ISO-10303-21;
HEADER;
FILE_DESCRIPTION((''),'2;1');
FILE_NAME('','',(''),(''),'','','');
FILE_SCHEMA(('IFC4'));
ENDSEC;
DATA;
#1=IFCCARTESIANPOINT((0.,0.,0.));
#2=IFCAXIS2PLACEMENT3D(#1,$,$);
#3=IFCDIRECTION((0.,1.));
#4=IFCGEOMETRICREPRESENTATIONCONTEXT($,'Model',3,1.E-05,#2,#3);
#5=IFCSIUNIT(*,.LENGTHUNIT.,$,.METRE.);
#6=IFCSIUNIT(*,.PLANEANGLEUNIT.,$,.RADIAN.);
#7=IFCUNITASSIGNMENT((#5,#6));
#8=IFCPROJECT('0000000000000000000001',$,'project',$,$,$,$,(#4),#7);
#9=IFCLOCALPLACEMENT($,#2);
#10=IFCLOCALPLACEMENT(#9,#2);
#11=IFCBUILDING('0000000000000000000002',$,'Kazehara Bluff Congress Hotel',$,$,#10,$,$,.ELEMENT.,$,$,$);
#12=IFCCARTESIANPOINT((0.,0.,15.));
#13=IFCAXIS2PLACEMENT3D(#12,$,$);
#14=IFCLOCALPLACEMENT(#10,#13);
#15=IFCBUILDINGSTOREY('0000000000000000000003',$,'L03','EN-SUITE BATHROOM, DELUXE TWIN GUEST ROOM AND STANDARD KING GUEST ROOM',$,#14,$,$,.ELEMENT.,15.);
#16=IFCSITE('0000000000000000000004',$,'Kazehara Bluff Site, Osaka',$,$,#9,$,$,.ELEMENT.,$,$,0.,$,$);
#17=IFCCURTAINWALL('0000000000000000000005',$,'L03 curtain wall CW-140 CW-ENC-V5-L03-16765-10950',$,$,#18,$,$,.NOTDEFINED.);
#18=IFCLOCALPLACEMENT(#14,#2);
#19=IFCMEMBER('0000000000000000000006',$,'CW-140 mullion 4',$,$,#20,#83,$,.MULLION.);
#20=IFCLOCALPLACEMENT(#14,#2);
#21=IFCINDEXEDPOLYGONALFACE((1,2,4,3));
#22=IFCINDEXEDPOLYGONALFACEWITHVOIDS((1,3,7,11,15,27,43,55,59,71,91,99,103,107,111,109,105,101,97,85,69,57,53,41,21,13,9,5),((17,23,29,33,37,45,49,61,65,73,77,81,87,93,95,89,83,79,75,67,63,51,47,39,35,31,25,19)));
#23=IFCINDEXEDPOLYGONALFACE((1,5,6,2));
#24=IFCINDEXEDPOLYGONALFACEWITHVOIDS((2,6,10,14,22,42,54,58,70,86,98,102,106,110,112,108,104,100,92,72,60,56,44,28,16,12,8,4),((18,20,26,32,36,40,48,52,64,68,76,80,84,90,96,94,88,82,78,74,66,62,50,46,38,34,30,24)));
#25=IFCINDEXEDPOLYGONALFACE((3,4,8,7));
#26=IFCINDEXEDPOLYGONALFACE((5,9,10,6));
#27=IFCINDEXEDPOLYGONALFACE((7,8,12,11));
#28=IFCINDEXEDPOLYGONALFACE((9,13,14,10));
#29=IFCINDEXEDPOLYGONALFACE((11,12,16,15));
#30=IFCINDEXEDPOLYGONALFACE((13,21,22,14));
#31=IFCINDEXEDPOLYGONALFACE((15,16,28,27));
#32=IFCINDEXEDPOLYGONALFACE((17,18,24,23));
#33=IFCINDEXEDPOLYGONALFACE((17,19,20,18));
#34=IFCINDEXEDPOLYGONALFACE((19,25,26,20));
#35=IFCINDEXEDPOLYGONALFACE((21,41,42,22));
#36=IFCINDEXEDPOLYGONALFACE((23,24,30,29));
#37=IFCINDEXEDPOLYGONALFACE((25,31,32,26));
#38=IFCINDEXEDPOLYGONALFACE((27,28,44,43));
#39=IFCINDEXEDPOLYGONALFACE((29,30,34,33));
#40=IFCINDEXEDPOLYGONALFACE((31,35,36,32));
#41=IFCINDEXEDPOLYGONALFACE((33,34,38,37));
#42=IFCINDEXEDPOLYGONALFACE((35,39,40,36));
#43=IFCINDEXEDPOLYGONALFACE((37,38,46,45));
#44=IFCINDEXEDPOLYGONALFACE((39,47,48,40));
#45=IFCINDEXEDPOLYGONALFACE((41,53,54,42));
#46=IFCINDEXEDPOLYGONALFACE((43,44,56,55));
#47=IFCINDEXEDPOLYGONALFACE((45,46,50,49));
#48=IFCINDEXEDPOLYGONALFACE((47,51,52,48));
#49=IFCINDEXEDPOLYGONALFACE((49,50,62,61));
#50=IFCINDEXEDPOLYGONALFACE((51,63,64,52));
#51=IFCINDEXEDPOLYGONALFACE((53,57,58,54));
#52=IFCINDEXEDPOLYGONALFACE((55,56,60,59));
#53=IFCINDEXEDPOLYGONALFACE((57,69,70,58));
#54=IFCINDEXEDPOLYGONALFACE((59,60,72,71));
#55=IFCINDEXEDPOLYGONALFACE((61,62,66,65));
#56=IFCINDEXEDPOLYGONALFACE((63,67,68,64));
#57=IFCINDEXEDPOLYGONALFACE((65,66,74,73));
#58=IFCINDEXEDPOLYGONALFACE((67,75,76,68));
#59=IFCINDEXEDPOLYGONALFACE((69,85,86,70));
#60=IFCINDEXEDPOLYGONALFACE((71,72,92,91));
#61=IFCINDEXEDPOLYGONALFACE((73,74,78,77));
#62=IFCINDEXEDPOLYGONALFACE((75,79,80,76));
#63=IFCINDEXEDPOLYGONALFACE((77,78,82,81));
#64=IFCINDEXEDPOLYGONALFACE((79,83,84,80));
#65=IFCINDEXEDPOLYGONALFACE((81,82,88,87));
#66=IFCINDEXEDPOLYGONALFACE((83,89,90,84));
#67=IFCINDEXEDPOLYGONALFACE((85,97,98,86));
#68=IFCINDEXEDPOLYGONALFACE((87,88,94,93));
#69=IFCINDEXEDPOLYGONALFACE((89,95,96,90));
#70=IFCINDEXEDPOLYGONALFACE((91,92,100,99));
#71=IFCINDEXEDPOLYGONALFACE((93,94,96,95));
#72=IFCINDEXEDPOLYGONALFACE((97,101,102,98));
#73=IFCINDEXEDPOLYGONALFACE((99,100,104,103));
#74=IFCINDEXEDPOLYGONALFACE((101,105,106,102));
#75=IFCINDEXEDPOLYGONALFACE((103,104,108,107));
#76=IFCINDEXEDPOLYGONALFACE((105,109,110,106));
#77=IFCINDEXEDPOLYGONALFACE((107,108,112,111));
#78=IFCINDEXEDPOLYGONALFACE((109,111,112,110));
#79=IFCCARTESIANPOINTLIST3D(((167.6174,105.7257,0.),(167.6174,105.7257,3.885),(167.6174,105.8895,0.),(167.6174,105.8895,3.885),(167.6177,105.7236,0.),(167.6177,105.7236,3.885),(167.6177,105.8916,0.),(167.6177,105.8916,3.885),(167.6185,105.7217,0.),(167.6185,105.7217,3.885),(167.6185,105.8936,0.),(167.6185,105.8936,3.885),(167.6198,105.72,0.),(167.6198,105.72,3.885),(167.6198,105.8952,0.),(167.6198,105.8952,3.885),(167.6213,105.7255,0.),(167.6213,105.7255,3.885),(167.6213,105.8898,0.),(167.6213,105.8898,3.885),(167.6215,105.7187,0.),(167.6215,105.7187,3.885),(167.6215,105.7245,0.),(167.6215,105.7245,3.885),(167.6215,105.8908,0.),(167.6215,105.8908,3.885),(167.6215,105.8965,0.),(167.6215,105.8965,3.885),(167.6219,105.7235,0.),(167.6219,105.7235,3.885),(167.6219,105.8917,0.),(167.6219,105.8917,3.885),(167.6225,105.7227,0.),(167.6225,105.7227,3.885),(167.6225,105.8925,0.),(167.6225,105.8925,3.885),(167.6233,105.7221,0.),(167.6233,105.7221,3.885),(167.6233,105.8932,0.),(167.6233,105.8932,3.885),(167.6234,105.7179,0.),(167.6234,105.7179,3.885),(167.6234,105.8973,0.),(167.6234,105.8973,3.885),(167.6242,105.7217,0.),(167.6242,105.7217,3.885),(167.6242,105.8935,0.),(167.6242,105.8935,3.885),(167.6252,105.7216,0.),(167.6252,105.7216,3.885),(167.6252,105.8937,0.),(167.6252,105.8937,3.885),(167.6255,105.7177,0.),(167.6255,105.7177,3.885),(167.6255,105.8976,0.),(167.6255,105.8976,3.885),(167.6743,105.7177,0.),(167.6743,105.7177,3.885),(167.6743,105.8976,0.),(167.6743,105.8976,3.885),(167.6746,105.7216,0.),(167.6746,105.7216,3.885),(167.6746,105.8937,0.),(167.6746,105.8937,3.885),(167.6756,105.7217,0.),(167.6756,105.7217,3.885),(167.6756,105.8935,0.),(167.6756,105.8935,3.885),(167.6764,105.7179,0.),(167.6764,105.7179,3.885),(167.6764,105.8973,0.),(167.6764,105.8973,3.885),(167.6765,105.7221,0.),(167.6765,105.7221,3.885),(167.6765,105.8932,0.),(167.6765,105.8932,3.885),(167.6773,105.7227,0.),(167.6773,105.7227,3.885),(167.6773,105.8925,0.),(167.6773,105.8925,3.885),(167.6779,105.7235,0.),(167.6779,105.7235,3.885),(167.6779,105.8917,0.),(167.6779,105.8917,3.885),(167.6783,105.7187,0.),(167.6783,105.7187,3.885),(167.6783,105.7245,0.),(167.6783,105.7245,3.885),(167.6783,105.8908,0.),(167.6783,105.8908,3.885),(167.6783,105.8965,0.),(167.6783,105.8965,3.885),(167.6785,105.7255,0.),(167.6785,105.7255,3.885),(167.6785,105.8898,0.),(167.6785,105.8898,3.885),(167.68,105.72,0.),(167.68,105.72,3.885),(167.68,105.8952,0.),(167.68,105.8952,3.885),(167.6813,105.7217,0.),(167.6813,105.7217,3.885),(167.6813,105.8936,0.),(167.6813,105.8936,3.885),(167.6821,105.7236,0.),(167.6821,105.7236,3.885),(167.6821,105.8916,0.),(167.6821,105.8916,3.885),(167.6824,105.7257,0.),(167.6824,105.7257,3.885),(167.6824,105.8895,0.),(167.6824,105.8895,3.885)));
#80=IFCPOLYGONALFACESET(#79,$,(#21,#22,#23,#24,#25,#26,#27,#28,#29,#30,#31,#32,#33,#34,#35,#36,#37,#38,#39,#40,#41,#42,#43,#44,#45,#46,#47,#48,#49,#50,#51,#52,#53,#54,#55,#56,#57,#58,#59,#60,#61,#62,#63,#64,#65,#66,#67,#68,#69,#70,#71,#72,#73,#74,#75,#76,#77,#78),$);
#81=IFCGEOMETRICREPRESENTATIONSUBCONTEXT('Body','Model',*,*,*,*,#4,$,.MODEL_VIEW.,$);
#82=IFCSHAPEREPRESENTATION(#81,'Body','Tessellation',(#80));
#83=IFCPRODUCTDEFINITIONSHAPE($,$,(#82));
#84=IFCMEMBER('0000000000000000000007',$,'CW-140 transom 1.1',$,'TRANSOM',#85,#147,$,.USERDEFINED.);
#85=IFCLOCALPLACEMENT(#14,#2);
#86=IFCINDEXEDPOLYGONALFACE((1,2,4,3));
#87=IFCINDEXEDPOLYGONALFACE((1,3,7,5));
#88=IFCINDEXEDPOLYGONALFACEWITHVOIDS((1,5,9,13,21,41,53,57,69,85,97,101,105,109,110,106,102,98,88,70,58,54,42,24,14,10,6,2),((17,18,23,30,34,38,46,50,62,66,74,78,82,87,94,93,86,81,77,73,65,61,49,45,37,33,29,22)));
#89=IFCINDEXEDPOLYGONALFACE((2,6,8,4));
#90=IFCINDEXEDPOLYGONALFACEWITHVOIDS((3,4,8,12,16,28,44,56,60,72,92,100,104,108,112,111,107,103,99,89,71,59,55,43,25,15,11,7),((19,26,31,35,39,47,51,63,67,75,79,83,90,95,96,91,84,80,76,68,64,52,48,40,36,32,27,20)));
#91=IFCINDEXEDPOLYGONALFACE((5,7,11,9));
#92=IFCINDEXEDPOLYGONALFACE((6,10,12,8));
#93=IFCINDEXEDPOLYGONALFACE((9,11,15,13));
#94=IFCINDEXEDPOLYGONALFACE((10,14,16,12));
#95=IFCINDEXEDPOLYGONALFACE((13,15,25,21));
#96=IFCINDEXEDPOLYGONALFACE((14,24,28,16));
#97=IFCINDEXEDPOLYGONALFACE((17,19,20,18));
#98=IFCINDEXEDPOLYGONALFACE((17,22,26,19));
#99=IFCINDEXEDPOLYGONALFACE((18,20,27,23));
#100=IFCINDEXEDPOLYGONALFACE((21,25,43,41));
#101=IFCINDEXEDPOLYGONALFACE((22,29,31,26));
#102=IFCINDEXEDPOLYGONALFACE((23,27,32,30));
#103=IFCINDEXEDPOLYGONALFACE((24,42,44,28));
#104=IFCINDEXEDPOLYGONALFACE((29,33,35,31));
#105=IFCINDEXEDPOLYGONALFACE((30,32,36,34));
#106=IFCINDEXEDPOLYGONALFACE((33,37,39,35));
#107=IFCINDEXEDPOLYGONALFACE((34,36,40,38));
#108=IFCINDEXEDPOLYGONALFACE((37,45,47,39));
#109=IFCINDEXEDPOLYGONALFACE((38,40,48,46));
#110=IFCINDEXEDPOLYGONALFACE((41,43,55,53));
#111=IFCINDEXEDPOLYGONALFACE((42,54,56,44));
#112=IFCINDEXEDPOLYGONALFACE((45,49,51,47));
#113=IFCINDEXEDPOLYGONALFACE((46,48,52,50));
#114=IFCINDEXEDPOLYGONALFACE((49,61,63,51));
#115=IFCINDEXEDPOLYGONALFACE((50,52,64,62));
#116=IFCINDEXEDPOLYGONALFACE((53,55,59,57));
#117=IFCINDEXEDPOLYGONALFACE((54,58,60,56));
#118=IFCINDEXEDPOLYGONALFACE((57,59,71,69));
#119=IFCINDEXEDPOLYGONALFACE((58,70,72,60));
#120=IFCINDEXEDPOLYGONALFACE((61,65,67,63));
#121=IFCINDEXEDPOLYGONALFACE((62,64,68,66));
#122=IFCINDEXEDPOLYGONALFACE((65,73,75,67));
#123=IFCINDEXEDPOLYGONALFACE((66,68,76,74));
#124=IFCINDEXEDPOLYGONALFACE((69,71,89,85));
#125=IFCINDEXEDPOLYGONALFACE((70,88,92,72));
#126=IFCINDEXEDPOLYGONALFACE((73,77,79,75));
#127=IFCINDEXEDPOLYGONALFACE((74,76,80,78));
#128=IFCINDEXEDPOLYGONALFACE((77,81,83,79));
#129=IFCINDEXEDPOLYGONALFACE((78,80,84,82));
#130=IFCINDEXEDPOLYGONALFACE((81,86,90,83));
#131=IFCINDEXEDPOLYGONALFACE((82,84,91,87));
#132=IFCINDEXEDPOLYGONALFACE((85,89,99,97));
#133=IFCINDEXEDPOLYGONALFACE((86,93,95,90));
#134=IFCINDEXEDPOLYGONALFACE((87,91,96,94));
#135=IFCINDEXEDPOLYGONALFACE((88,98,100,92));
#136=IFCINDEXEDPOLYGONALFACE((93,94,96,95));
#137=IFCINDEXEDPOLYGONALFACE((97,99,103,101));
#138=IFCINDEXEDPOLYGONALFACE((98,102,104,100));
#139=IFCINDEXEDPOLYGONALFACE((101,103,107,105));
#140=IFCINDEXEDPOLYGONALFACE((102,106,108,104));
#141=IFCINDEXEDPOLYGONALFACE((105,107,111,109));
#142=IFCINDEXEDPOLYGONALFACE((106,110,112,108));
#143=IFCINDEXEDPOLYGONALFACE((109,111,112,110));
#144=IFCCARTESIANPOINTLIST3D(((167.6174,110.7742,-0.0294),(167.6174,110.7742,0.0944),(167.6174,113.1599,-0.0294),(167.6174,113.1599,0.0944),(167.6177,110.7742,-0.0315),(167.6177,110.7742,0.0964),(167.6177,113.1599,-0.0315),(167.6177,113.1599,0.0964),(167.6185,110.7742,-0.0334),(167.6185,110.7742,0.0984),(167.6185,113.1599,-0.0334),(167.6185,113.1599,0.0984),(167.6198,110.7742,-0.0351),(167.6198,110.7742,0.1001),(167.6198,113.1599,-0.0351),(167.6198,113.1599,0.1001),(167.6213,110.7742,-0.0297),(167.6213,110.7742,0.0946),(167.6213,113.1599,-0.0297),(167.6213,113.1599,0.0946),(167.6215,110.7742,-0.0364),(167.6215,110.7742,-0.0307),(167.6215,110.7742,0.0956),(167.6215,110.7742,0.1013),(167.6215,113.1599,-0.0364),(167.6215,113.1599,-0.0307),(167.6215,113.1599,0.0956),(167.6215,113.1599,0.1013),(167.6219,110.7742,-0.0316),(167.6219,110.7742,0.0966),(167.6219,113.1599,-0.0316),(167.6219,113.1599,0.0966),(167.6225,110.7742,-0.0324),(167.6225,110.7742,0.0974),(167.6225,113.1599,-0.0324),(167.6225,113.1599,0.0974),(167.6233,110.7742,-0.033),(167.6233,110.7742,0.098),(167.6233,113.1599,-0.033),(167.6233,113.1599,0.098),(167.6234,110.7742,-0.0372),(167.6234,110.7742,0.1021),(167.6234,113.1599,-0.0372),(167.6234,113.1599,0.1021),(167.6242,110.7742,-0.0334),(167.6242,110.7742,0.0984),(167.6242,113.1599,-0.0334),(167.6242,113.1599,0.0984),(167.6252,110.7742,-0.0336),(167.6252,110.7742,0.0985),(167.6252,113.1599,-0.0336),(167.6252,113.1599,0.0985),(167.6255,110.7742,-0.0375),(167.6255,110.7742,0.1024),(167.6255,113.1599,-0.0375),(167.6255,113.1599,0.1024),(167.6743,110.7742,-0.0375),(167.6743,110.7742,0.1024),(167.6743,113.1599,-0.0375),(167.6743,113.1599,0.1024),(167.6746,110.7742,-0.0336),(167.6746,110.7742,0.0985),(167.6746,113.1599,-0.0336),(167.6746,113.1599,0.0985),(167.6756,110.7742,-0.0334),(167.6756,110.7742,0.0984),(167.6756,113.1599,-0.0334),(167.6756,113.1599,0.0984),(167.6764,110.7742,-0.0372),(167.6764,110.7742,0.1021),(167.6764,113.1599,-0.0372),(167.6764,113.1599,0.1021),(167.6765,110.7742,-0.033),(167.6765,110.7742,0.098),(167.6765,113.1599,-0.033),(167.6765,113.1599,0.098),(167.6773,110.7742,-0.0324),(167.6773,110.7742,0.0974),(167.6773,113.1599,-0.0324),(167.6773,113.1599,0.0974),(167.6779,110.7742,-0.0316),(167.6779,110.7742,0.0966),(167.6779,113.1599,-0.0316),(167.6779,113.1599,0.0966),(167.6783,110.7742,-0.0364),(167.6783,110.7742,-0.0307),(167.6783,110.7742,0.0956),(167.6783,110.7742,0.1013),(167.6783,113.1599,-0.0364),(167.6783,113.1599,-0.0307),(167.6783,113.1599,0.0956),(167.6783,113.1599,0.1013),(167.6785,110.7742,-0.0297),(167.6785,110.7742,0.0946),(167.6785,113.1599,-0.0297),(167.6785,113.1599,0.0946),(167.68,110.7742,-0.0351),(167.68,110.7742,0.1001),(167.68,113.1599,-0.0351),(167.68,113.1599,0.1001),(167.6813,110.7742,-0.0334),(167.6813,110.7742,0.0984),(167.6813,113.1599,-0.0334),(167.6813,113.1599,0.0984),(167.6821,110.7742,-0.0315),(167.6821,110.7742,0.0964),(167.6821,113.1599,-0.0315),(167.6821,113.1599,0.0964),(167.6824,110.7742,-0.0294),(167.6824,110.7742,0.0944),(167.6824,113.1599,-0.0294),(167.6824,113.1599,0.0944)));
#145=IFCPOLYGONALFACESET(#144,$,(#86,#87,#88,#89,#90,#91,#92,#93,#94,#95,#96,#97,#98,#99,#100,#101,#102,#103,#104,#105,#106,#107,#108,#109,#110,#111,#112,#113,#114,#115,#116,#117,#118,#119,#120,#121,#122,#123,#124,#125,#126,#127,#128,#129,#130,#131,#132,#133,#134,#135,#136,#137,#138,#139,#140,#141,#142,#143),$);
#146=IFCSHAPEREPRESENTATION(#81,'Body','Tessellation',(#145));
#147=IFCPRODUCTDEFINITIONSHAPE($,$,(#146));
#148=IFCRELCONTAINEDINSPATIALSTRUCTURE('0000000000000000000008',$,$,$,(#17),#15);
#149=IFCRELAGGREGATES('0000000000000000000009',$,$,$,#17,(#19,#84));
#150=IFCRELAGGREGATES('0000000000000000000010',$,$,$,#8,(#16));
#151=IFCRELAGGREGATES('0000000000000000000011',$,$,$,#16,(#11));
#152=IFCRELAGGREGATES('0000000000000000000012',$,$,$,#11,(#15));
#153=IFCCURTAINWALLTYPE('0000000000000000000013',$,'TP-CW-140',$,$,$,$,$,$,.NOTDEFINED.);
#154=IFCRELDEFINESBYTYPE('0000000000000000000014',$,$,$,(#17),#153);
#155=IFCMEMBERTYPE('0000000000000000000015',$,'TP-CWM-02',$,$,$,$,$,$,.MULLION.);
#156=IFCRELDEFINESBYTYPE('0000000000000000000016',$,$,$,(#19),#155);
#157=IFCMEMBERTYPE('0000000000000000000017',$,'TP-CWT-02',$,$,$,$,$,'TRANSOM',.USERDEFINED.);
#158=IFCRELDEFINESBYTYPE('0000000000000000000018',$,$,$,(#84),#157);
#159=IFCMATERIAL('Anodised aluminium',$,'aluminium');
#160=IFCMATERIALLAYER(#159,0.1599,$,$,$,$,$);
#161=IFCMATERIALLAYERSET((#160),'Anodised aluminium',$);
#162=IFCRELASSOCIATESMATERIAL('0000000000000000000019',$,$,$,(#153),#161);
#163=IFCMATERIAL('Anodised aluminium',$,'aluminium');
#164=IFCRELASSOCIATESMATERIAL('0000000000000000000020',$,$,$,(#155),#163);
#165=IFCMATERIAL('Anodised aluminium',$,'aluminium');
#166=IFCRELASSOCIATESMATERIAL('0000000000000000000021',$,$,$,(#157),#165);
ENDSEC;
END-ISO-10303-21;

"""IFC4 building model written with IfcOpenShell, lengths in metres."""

from ifc_helpers import new_model, si_unit, direction, frame, origin, origin_2d, place, context, subcontext, project, spatial, hollow_rectangle, extrude, material, layer, layer_set, material_profile, profile_set, type_object, element, aggregate, save


model = new_model("IFC4")

# Units and contexts
model_context = context("Model", 3, precision=1e-05, world=origin(), true_north=direction((0.0, 1.0)))
body_context = subcontext(model_context, "Body", "Model", "MODEL_VIEW")
ifc_project = project(units=[si_unit("LENGTHUNIT", "METRE"), si_unit("PLANEANGLEUNIT", "RADIAN")], contexts=[model_context])

# Site, building, storey
site_placement = place(None, origin())
site = spatial("IfcSite", under=ifc_project, at=site_placement, Name="Kazehara Bluff Site, Osaka", CompositionType="ELEMENT", RefElevation=0.0)
building_placement = place(site_placement, origin())
building = spatial("IfcBuilding", under=site, at=building_placement, Name="Kazehara Bluff Congress Hotel", CompositionType="ELEMENT")
storey_placement = place(building_placement, frame((0.0, 0.0, 15.0)))
storey = spatial("IfcBuildingStorey", under=building, at=storey_placement, Name="L03", Description="EN-SUITE BATHROOM, DELUXE TWIN GUEST ROOM AND STANDARD KING GUEST ROOM", CompositionType="ELEMENT", Elevation=15.0)

# Curtain wall, members
ifc_material_1 = material(Name="Anodised aluminium", Category="aluminium")
ifc_layer_1 = layer(ifc_material_1, 0.1599)
ifc_layer_set_1 = layer_set([ifc_layer_1], Name="Anodised aluminium")
curtain_wall_type_1 = type_object("IfcCurtainWallType", Name="TP-CW-140", PredefinedType="NOTDEFINED", material=ifc_layer_set_1)
curtain_wall_1_placement = place(storey_placement, origin())
curtain_wall_1 = element("IfcCurtainWall", 1, at=curtain_wall_1_placement, inside=storey, type_object=curtain_wall_type_1, Name="L03 curtain wall CW-140 CW-ENC-V5-L03-16765-10950", PredefinedType="NOTDEFINED")
ifc_material_2 = material(Name="Anodised aluminium", Category="aluminium")
ifc_material_profile_1 = material_profile(ifc_material_2, hollow_rectangle(XDim=0.0649, YDim=0.1799, WallThickness=0.0039, InnerFilletRadius=0.0039, OuterFilletRadius=0.0081, at=origin_2d()))
ifc_profile_set_1 = profile_set([ifc_material_profile_1], Name="Anodised aluminium")
member_type_1 = type_object("IfcMemberType", Name="TP-CWM-02", PredefinedType="MULLION", material=ifc_profile_set_1)
member_1_placement = place(storey_placement, frame((167.6499, 105.8076, 0.0), z_axis=(0.0, 0.0, 1.0), x_axis=(1.0, 0.0, 0.0)))
member_1 = element("IfcMember", 2, at=member_1_placement, type_object=member_type_1, Name="CW-140 mullion 4", PredefinedType="MULLION", context=body_context, shape_type="SweptSolid", body=[
    extrude(hollow_rectangle(XDim=0.0649, YDim=0.1799, WallThickness=0.0039, InnerFilletRadius=0.0039, OuterFilletRadius=0.0081, at=origin_2d()), origin(), (0.0, 0.0, 1.0), 3.885),
])
ifc_material_3 = material(Name="Anodised aluminium", Category="aluminium")
ifc_material_profile_2 = material_profile(ifc_material_3, hollow_rectangle(XDim=0.0649, YDim=0.1399, WallThickness=0.0039, InnerFilletRadius=0.0039, OuterFilletRadius=0.0081, at=origin_2d()))
ifc_profile_set_2 = profile_set([ifc_material_profile_2], Name="Anodised aluminium")
member_type_2 = type_object("IfcMemberType", Name="TP-CWT-02", ElementType="TRANSOM", PredefinedType="USERDEFINED", material=ifc_profile_set_2)
member_2_placement = place(storey_placement, frame((167.6499, 113.1599, 0.0325), z_axis=(0.0, -1.0, 0.0), x_axis=(1.0, 0.0, 0.0)))
member_2 = element("IfcMember", 3, at=member_2_placement, type_object=member_type_2, Name="CW-140 transom 1.1", ObjectType="TRANSOM", PredefinedType="USERDEFINED", context=body_context, shape_type="SweptSolid", body=[
    extrude(hollow_rectangle(XDim=0.0649, YDim=0.1399, WallThickness=0.0039, InnerFilletRadius=0.0039, OuterFilletRadius=0.0081, at=origin_2d()), origin(), (0.0, 0.0, 1.0), 2.3857),
])

aggregate(curtain_wall_1, [member_1, member_2])

save(model, "model.ifc")
